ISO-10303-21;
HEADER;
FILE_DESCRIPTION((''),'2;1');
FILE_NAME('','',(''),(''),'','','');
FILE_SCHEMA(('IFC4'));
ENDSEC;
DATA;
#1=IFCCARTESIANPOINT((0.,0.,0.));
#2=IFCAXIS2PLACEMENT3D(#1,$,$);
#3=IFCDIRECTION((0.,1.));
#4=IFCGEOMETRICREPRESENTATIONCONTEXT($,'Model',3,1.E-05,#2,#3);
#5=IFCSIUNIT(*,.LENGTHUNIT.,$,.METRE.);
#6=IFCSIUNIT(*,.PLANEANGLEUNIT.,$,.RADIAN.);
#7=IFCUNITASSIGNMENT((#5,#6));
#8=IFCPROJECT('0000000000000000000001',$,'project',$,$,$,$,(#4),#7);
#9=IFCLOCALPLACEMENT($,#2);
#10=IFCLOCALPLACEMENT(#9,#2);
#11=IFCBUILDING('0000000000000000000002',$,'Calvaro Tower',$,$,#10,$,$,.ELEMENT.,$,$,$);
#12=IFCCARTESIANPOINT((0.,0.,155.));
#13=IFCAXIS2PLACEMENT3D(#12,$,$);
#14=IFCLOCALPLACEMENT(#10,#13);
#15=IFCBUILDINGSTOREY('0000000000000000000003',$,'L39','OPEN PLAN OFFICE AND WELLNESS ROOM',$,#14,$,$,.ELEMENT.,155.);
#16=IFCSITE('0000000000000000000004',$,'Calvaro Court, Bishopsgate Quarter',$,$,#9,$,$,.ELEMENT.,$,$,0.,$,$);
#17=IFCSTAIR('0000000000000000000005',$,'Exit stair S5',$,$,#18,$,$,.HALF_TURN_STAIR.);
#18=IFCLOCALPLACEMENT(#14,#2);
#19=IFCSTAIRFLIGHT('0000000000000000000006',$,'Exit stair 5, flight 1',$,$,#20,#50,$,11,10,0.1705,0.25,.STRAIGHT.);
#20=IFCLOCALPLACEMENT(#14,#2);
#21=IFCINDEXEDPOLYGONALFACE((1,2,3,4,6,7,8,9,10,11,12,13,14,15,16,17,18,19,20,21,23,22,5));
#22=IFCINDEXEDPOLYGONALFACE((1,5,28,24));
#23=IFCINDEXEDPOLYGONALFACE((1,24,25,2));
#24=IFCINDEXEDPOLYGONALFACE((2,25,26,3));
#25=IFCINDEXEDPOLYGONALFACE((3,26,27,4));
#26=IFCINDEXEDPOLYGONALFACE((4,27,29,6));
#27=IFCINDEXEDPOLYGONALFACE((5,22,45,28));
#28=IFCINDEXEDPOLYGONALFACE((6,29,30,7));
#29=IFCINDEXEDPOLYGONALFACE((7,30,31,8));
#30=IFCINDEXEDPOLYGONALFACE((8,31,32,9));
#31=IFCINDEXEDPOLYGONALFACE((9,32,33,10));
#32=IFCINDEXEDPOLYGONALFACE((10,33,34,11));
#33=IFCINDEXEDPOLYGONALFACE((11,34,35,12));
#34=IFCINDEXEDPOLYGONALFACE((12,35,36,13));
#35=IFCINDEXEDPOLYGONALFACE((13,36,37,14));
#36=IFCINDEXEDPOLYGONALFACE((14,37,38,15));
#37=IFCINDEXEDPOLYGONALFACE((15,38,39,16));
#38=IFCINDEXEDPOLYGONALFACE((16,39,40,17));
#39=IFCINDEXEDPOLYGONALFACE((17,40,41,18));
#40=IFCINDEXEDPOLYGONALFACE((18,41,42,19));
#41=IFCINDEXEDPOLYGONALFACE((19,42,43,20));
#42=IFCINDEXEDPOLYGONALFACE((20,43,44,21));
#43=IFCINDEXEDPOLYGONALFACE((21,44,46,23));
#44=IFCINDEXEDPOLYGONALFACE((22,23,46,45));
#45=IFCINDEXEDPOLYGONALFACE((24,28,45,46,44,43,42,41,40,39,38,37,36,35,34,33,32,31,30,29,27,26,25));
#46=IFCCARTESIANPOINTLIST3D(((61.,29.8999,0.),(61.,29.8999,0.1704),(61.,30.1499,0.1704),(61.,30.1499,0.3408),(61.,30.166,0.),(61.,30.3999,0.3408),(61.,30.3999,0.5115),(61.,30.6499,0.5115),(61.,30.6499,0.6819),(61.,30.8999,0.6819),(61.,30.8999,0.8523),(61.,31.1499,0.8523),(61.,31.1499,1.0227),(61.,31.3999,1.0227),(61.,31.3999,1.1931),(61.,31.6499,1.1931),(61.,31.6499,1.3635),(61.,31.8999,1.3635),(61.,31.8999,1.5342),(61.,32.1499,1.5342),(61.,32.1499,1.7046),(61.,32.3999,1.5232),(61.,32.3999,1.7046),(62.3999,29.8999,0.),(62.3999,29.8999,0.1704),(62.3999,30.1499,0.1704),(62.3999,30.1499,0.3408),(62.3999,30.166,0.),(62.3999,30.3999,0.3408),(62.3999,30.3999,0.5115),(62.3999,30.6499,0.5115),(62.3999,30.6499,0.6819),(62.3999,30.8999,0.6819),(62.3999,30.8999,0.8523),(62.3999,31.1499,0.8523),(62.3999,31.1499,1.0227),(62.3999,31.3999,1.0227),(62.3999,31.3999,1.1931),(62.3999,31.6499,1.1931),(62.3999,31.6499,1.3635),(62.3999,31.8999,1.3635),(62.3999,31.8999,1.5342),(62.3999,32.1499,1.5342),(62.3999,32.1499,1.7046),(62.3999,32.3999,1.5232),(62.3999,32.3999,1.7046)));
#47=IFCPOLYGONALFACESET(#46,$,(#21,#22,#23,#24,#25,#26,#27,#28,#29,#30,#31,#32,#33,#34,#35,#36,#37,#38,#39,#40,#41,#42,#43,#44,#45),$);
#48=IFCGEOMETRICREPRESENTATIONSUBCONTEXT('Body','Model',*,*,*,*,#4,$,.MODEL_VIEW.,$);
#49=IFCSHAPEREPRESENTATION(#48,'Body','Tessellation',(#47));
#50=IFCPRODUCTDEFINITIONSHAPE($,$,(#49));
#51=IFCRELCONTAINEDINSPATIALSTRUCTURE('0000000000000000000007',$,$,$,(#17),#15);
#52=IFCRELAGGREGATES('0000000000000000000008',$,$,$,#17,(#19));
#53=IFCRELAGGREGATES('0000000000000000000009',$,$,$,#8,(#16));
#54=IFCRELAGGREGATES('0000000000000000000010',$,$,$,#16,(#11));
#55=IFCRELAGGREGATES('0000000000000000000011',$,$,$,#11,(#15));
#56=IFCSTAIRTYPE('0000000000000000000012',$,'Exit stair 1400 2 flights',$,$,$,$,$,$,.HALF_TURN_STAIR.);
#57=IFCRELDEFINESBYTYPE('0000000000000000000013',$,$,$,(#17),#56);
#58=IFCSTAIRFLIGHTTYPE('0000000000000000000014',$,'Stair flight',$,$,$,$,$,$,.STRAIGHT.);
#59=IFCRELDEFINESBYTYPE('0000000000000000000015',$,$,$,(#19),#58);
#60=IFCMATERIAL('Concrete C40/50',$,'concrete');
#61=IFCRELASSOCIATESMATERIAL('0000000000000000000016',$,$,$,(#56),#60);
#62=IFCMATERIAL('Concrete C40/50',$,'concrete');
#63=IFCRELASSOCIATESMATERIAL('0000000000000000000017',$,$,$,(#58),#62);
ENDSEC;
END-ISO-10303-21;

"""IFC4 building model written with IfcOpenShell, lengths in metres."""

from ifc_helpers import new_model, si_unit, direction, frame, origin, place, context, subcontext, project, spatial, polyline, outline, extrude, material, type_object, element, aggregate, save


model = new_model("IFC4")

# Units and contexts
model_context = context("Model", 3, precision=1e-05, world=origin(), true_north=direction((0.0, 1.0)))
body_context = subcontext(model_context, "Body", "Model", "MODEL_VIEW")
ifc_project = project(units=[si_unit("LENGTHUNIT", "METRE"), si_unit("PLANEANGLEUNIT", "RADIAN")], contexts=[model_context])

# Site, building, storey
site_placement = place(None, origin())
site = spatial("IfcSite", under=ifc_project, at=site_placement, Name="Calvaro Court, Bishopsgate Quarter", CompositionType="ELEMENT", RefElevation=0.0)
building_placement = place(site_placement, origin())
building = spatial("IfcBuilding", under=site, at=building_placement, Name="Calvaro Tower", CompositionType="ELEMENT")
storey_placement = place(building_placement, frame((0.0, 0.0, 155.0)))
storey = spatial("IfcBuildingStorey", under=building, at=storey_placement, Name="L39", Description="OPEN PLAN OFFICE AND WELLNESS ROOM", CompositionType="ELEMENT", Elevation=155.0)

# Stair, stair flight
ifc_material_1 = material(Name="Concrete C40/50", Category="concrete")
stair_type = type_object("IfcStairType", Name="Exit stair 1400 2 flights", PredefinedType="HALF_TURN_STAIR", material=ifc_material_1)
stair_1_placement = place(storey_placement, origin())
stair_1 = element("IfcStair", 1, at=stair_1_placement, inside=storey, type_object=stair_type, Name="Exit stair S5", PredefinedType="HALF_TURN_STAIR")
ifc_material_2 = material(Name="Concrete C40/50", Category="concrete")
stair_flight_type = type_object("IfcStairFlightType", Name="Stair flight", PredefinedType="STRAIGHT", material=ifc_material_2)
stair_flight_placement = place(storey_placement, frame((61.7, 29.8999, 0.0), z_axis=(0.0, 0.0, 1.0), x_axis=(0.0, 1.0, 0.0)))
stair_flight = element("IfcStairFlight", 2, at=stair_flight_placement, type_object=stair_flight_type, Name="Exit stair 5, flight 1", NumberOfRisers=11, NumberOfTreads=10, PredefinedType="STRAIGHT", RiserHeight=0.1705, TreadLength=0.25, context=body_context, shape_type="SweptSolid", body=[
    extrude(outline(polyline([(0.0, 0.0), (0.0, 0.1704), (0.25, 0.1704), (0.25, 0.3408), (0.5, 0.3408), (0.5, 0.5115), (0.75, 0.5115), (0.75, 0.6819), (1.0, 0.6819), (1.0, 0.8523), (1.25, 0.8523), (1.25, 1.0227), (1.5, 1.0227), (1.5, 1.1931), (1.75, 1.1931), (1.75, 1.3635), (2.0, 1.3635), (2.0, 1.5342), (2.25, 1.5342), (2.25, 1.7046), (2.5, 1.7046), (2.5, 1.875), (2.5, 1.5232), (0.2661, 0.0), (0.0, 0.0)])), frame((0.0, 0.7, 0.0), z_axis=(0.0, -1.0, 0.0), x_axis=(1.0, 0.0, 0.0)), (0.0, 0.0, 1.0), 1.3999),
])

aggregate(stair_1, [stair_flight])

save(model, "model.ifc")
